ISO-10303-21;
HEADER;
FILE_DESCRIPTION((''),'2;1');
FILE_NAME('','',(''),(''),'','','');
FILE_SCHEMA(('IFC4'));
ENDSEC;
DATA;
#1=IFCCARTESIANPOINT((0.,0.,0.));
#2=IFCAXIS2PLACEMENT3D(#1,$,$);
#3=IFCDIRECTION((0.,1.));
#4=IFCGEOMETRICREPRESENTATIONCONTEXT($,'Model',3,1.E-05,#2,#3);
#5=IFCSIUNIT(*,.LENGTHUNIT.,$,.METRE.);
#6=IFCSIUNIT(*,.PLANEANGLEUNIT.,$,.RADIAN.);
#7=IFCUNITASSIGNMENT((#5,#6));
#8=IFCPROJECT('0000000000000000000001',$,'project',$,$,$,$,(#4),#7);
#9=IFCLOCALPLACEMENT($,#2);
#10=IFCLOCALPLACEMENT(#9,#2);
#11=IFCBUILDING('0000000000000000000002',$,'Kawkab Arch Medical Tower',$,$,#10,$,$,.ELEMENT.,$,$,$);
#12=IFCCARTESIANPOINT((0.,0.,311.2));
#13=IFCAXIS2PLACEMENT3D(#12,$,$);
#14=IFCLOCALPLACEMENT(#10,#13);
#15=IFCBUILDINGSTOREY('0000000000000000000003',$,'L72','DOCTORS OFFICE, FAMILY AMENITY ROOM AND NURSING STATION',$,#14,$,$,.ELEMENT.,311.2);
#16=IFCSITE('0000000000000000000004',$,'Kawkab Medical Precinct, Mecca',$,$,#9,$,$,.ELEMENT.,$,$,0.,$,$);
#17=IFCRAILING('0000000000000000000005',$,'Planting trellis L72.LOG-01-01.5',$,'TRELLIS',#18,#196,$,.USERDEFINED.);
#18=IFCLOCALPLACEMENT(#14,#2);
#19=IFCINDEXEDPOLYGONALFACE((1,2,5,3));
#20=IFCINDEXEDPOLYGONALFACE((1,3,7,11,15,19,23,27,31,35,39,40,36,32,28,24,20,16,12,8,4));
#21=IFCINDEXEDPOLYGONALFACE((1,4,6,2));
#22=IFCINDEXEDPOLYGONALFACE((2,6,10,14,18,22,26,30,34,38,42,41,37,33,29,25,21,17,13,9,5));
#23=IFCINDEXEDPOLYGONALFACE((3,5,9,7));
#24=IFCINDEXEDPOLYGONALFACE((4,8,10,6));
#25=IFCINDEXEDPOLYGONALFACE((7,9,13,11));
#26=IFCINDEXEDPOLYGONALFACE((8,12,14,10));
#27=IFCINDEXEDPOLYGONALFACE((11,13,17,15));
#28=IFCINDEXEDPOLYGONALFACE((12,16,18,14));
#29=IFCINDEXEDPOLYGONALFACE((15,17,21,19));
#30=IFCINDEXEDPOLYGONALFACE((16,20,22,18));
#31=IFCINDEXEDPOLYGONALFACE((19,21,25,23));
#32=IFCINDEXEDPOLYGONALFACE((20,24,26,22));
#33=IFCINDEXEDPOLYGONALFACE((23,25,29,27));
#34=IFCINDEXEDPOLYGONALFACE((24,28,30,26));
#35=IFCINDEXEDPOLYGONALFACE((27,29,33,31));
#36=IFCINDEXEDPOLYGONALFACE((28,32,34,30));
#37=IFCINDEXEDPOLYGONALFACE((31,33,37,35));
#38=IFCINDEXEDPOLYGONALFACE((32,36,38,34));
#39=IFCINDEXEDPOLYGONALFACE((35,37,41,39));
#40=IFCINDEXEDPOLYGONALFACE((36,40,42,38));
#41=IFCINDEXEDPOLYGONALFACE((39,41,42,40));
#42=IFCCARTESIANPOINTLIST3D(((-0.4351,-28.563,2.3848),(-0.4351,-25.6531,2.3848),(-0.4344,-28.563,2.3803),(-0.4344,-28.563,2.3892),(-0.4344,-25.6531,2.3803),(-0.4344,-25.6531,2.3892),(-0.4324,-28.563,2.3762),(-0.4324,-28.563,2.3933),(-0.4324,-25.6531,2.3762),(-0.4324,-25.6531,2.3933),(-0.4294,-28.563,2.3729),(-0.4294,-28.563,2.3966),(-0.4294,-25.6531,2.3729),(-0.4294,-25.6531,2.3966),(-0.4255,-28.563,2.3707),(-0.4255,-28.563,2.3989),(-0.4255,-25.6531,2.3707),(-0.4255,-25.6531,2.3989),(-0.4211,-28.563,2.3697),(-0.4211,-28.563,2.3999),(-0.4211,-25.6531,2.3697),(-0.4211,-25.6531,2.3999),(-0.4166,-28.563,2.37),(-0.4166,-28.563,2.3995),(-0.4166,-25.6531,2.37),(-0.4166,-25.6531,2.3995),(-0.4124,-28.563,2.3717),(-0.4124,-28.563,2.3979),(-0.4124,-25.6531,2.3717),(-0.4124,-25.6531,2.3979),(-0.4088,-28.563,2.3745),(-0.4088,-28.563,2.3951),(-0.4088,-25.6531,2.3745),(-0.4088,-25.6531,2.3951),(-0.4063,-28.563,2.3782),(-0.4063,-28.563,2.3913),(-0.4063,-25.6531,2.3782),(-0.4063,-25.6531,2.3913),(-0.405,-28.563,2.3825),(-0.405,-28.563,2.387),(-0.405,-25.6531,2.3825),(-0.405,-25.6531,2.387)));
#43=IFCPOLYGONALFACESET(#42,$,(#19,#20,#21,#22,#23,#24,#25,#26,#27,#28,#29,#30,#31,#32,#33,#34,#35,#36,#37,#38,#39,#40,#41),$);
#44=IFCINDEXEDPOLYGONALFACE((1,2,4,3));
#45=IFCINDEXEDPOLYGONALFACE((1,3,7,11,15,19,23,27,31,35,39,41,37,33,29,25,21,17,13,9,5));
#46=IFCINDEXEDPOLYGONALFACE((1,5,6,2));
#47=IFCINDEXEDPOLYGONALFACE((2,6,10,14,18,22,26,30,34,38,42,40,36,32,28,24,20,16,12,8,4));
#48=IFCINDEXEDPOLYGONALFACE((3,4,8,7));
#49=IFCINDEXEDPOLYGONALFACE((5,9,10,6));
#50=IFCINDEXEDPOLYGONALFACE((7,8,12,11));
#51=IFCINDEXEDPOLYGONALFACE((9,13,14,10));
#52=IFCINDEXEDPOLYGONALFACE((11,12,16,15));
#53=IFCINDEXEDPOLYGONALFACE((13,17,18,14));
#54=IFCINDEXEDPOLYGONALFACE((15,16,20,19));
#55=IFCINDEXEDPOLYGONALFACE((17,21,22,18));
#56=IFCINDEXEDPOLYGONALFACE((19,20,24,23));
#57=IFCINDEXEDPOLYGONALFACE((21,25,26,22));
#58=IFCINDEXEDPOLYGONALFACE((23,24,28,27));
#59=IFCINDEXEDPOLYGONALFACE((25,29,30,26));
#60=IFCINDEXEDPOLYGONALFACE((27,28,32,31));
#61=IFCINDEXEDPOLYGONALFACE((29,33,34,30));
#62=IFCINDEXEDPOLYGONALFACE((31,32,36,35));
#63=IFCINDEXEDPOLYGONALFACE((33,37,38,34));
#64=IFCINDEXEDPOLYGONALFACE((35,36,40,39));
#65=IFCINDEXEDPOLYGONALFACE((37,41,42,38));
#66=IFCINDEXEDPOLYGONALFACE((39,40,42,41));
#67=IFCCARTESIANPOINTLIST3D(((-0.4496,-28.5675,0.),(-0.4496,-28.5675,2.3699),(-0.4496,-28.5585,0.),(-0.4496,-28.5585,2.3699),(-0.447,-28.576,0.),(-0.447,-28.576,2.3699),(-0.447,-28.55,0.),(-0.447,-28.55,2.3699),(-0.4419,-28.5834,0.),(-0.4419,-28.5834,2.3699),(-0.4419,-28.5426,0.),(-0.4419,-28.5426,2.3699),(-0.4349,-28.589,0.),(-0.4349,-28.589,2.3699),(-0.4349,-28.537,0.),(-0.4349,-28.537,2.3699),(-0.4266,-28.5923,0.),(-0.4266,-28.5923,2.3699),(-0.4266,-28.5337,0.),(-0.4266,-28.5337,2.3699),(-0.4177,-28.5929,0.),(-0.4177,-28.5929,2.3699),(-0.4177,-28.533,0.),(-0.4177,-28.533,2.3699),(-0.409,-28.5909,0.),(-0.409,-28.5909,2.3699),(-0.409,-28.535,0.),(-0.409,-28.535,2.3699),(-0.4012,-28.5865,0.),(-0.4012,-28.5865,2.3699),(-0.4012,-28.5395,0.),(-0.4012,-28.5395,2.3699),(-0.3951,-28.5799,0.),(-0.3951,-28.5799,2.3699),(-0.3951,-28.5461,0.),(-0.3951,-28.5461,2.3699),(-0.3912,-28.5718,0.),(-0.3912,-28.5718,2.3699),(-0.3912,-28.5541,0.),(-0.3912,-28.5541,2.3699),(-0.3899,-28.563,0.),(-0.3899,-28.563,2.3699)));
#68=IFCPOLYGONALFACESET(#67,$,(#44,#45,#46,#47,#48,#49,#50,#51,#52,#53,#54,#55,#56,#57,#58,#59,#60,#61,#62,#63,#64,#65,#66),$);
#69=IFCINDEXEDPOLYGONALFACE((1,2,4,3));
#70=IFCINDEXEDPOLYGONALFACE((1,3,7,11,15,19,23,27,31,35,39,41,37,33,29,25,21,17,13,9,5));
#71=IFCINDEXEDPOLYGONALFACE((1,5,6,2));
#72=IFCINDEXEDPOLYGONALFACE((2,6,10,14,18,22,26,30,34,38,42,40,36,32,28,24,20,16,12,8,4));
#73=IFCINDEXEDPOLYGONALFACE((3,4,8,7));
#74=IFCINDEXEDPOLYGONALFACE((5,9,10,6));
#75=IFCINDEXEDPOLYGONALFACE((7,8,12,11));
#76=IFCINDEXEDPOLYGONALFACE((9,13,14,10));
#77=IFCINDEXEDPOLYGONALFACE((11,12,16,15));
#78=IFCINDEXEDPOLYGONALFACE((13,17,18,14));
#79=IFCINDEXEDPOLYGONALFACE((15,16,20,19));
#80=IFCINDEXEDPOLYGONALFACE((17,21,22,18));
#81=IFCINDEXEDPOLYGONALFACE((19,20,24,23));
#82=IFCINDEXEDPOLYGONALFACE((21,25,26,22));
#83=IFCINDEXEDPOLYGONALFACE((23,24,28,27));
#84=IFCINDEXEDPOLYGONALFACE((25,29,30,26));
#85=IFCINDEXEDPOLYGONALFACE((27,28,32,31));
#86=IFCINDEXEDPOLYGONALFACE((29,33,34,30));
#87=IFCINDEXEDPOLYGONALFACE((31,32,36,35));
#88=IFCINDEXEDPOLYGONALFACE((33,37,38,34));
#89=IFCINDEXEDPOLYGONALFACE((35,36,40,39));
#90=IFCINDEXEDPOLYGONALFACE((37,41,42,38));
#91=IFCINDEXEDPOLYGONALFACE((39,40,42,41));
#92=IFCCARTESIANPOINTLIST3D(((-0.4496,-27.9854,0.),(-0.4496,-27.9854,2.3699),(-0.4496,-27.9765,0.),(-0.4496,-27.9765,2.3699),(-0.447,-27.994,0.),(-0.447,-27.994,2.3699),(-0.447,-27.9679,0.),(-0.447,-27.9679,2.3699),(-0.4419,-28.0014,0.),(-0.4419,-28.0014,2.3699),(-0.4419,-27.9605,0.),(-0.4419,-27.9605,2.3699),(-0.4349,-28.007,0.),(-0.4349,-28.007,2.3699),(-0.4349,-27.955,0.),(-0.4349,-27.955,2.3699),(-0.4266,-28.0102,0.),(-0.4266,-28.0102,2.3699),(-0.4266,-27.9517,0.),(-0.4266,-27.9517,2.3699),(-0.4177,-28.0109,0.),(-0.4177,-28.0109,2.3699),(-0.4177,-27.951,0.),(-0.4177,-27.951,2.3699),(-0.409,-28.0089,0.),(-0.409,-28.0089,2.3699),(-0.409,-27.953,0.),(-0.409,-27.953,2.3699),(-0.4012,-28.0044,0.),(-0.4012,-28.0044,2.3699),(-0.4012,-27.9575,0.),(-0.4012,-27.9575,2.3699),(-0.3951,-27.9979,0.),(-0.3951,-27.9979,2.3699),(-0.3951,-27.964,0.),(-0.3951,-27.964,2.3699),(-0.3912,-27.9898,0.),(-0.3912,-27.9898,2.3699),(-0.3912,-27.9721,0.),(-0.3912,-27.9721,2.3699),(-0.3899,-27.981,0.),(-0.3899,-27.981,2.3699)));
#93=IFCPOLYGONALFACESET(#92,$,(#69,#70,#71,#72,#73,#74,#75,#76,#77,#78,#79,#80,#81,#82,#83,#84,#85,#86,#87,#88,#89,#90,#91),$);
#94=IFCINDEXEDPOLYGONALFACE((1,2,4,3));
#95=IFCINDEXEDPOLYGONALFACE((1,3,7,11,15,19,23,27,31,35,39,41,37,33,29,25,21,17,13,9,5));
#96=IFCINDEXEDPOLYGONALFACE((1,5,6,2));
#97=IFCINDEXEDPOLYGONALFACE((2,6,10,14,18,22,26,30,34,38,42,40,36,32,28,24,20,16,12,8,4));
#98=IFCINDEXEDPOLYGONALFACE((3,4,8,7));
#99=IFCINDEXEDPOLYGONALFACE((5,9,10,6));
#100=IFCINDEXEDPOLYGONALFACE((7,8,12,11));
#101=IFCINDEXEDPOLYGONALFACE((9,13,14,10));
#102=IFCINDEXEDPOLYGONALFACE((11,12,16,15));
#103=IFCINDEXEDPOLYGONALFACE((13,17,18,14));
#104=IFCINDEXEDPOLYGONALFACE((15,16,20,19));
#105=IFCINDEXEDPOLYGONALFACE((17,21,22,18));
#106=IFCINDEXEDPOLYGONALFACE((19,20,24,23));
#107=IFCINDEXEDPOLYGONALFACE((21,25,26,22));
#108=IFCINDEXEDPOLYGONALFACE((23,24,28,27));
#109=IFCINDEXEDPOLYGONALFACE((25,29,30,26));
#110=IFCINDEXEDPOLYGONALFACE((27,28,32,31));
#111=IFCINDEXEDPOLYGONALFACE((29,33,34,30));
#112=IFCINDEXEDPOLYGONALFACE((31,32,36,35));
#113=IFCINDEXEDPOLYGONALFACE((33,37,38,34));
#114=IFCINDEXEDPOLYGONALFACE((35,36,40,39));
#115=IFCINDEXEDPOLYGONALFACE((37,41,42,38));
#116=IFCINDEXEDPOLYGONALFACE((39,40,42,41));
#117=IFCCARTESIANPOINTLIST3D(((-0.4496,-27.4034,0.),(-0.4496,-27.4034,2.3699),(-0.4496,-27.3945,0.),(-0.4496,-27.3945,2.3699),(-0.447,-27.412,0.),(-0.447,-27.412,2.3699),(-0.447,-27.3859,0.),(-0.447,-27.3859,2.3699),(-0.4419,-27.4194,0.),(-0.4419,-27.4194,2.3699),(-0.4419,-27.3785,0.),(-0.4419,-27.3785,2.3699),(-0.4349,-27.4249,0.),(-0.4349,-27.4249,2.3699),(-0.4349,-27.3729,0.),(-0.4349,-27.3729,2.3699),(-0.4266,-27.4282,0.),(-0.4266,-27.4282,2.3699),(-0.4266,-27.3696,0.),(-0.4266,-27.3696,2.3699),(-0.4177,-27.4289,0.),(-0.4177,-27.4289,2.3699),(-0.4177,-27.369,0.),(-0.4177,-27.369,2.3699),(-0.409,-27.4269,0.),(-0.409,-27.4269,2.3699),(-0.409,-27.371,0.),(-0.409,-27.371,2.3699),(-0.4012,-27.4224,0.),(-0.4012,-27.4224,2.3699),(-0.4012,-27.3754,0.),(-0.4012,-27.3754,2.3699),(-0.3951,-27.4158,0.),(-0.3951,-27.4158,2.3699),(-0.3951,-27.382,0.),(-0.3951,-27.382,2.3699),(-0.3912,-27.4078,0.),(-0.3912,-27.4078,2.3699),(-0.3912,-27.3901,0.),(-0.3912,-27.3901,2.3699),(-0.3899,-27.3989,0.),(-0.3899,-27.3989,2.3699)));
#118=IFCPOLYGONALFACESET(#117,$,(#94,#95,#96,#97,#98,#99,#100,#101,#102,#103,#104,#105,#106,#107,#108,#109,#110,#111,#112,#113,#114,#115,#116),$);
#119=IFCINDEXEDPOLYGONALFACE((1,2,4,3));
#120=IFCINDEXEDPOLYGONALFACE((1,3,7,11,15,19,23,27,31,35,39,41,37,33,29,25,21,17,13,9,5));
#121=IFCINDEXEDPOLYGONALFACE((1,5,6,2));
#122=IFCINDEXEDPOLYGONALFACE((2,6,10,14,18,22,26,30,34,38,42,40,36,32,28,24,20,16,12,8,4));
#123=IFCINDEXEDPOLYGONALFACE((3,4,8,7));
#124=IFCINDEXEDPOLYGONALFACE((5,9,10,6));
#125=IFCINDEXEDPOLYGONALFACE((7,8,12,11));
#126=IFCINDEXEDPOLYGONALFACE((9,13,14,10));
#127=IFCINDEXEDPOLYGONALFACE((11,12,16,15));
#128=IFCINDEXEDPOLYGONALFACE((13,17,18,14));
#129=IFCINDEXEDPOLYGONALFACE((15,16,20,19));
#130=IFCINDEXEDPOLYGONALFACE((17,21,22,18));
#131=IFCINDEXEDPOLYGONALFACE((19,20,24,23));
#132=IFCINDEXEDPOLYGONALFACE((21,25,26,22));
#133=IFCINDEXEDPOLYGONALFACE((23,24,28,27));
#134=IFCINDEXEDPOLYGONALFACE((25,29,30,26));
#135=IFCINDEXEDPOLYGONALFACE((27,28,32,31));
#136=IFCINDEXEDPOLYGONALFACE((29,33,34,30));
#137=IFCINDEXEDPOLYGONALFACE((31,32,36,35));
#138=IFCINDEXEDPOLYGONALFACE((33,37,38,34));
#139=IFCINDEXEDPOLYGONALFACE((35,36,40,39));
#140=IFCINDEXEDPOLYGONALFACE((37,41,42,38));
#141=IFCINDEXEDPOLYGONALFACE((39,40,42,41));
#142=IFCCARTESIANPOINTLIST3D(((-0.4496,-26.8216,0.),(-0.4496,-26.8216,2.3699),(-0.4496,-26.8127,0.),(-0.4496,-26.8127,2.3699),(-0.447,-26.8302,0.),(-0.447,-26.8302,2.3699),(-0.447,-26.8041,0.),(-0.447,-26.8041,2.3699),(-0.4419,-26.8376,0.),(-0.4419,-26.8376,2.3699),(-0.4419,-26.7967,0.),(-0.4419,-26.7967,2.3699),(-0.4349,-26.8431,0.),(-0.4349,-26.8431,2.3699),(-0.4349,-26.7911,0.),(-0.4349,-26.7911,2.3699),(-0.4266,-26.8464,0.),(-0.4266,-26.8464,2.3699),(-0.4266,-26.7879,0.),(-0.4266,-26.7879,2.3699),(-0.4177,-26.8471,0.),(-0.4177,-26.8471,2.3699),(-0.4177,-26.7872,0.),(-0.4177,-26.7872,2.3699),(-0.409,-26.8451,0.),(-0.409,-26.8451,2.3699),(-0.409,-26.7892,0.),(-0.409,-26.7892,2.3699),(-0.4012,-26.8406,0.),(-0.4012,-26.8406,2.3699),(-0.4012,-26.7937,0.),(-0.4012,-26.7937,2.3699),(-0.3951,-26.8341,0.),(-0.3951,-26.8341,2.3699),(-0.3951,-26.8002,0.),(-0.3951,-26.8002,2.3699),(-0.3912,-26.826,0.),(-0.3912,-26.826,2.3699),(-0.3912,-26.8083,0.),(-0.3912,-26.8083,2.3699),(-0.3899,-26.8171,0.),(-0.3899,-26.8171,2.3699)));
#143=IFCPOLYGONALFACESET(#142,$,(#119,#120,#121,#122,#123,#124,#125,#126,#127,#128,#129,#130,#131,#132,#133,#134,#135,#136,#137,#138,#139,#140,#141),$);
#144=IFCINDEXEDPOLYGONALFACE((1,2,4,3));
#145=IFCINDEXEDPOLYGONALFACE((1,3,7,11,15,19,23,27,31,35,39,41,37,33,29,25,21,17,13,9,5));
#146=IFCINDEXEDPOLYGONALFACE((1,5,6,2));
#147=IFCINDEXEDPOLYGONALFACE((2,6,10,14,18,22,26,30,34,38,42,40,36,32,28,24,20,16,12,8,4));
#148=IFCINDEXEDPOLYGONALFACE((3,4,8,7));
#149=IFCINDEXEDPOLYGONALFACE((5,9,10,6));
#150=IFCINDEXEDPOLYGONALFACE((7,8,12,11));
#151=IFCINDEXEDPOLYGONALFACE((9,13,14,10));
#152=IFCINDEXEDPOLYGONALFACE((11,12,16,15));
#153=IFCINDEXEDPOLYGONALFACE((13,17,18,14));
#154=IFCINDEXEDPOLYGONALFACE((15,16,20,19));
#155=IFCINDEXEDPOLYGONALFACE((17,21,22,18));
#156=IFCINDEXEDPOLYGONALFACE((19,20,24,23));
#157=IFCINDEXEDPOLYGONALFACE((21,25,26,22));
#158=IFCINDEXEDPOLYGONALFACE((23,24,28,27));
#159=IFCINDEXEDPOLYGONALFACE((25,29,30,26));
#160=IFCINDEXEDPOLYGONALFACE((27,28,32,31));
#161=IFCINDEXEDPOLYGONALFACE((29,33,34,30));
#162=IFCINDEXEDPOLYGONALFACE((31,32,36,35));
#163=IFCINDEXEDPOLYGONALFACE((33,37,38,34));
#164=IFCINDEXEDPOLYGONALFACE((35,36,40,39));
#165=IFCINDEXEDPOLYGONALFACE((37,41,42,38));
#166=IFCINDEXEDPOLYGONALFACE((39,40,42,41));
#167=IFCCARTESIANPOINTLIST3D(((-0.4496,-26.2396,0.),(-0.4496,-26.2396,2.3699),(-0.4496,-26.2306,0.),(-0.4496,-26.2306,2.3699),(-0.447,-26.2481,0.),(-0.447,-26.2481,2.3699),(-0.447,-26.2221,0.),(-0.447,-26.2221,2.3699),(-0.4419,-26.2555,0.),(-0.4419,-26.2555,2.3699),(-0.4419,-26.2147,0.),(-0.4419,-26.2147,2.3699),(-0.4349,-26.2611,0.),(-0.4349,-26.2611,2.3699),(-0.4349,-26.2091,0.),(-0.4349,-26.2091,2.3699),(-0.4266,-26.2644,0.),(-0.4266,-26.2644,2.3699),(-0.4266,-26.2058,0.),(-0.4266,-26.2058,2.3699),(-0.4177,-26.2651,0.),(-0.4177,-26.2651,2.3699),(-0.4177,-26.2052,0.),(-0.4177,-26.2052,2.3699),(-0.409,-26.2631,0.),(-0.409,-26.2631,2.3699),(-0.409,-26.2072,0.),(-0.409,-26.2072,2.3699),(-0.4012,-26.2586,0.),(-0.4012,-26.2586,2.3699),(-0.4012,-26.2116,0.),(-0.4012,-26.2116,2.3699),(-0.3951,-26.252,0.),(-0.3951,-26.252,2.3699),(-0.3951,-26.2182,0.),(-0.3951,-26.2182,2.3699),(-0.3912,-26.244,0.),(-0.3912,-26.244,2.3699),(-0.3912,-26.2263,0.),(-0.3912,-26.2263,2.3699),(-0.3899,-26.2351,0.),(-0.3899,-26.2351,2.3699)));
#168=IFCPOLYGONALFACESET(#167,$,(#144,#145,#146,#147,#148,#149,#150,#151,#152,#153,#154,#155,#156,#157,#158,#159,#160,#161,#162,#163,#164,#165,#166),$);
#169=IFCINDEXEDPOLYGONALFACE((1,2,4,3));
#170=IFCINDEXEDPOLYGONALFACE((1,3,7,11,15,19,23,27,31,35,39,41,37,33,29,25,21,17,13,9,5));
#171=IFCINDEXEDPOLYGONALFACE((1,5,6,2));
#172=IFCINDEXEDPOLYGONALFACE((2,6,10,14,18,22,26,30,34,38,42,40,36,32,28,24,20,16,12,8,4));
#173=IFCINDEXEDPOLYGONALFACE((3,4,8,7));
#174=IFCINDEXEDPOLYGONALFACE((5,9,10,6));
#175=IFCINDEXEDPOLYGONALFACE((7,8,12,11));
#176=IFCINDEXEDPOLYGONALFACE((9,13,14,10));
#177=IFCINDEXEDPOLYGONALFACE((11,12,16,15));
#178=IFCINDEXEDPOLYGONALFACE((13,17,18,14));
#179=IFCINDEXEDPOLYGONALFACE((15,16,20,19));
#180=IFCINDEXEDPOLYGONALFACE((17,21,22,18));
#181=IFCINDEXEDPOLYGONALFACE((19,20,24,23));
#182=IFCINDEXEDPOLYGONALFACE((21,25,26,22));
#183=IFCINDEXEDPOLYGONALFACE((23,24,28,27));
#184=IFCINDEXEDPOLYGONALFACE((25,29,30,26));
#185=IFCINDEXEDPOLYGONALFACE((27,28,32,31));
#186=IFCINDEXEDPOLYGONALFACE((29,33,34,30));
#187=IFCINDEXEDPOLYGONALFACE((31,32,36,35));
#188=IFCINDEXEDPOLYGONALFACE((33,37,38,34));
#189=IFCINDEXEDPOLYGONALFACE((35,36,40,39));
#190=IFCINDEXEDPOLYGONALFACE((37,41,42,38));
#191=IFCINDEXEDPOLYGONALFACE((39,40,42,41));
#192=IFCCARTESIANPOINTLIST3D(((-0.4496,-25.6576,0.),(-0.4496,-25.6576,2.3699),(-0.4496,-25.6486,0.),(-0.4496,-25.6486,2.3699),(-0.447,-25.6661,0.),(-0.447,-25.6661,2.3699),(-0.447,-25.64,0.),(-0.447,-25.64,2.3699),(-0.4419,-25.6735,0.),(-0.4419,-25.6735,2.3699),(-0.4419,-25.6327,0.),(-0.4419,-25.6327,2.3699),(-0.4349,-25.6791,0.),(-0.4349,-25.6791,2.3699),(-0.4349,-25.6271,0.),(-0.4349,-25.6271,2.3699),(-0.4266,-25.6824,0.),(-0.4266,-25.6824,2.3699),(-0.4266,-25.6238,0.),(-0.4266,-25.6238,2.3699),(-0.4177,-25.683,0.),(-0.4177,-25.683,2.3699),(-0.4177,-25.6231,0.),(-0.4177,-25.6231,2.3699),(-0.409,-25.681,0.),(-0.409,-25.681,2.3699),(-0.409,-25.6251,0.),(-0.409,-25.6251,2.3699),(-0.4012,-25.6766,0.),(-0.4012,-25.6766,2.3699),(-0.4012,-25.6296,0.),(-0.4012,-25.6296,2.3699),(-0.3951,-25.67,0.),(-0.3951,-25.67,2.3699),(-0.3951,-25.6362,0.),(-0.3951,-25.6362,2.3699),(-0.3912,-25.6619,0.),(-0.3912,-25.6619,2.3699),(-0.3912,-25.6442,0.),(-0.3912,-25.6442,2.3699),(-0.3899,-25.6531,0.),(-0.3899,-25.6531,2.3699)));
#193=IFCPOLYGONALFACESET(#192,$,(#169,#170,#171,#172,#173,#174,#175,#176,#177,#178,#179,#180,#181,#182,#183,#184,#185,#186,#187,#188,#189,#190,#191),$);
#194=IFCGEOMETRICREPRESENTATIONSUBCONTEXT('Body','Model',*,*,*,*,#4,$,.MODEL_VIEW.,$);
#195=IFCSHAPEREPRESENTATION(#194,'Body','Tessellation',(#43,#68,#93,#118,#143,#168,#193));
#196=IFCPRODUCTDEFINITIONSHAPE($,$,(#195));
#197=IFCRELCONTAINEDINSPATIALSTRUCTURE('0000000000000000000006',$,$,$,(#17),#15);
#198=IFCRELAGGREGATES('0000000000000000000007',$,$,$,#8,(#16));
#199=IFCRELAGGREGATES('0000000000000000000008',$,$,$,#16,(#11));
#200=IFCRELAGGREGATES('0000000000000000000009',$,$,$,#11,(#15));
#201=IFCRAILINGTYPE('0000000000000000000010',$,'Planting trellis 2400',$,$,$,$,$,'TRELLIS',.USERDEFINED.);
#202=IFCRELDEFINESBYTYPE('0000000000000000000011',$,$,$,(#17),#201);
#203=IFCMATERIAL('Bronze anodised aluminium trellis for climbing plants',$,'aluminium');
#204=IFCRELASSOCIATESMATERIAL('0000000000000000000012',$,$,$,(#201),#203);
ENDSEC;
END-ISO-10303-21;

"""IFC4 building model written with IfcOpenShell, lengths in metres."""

from ifc_helpers import new_model, si_unit, direction, frame, origin, origin_2d, place, context, subcontext, project, spatial, circle, extrude, material, type_object, element, save


model = new_model("IFC4")

# Units and contexts
model_context = context("Model", 3, precision=1e-05, world=origin(), true_north=direction((0.0, 1.0)))
body_context = subcontext(model_context, "Body", "Model", "MODEL_VIEW")
ifc_project = project(units=[si_unit("LENGTHUNIT", "METRE"), si_unit("PLANEANGLEUNIT", "RADIAN")], contexts=[model_context])

# Site, building, storey
site_placement = place(None, origin())
site = spatial("IfcSite", under=ifc_project, at=site_placement, Name="Kawkab Medical Precinct, Mecca", CompositionType="ELEMENT", RefElevation=0.0)
building_placement = place(site_placement, origin())
building = spatial("IfcBuilding", under=site, at=building_placement, Name="Kawkab Arch Medical Tower", CompositionType="ELEMENT")
storey_placement = place(building_placement, frame((0.0, 0.0, 311.2)))
storey = spatial("IfcBuildingStorey", under=building, at=storey_placement, Name="L72", Description="DOCTORS OFFICE, FAMILY AMENITY ROOM AND NURSING STATION", CompositionType="ELEMENT", Elevation=311.2)

# Railing
ifc_material_1 = material(Name="Bronze anodised aluminium trellis for climbing plants", Category="aluminium")
railing_type = type_object("IfcRailingType", Name="Planting trellis 2400", ElementType="TRELLIS", PredefinedType="USERDEFINED", material=ifc_material_1)
railing_1_placement = place(storey_placement, frame((-0.4199, -28.563, 0.0)))
element("IfcRailing", 1, at=railing_1_placement, inside=storey, type_object=railing_type, Name="Planting trellis L72.LOG-01-01.5", ObjectType="TRELLIS", PredefinedType="USERDEFINED", context=body_context, shape_type="SweptSolid", body=[
    extrude(circle(Radius=0.0151, at=origin_2d()), frame((0.0, 0.0, 2.3848), z_axis=(0.0, 1.0, 0.0), x_axis=(-1.0, 0.0, 0.0)), (0.0, 0.0, 1.0), 2.9099),
    extrude(circle(Radius=0.03, at=origin_2d()), origin(), (0.0, 0.0, 1.0), 2.3699),
    extrude(circle(Radius=0.03, at=origin_2d()), frame((0.0, 0.582, 0.0)), (0.0, 0.0, 1.0), 2.3699),
    extrude(circle(Radius=0.03, at=origin_2d()), frame((0.0, 1.1641, 0.0)), (0.0, 0.0, 1.0), 2.3699),
    extrude(circle(Radius=0.03, at=origin_2d()), frame((0.0, 1.7458, 0.0)), (0.0, 0.0, 1.0), 2.3699),
    extrude(circle(Radius=0.03, at=origin_2d()), frame((0.0, 2.3279, 0.0)), (0.0, 0.0, 1.0), 2.3699),
    extrude(circle(Radius=0.03, at=origin_2d()), frame((0.0, 2.9099, 0.0)), (0.0, 0.0, 1.0), 2.3699),
])

save(model, "model.ifc")
